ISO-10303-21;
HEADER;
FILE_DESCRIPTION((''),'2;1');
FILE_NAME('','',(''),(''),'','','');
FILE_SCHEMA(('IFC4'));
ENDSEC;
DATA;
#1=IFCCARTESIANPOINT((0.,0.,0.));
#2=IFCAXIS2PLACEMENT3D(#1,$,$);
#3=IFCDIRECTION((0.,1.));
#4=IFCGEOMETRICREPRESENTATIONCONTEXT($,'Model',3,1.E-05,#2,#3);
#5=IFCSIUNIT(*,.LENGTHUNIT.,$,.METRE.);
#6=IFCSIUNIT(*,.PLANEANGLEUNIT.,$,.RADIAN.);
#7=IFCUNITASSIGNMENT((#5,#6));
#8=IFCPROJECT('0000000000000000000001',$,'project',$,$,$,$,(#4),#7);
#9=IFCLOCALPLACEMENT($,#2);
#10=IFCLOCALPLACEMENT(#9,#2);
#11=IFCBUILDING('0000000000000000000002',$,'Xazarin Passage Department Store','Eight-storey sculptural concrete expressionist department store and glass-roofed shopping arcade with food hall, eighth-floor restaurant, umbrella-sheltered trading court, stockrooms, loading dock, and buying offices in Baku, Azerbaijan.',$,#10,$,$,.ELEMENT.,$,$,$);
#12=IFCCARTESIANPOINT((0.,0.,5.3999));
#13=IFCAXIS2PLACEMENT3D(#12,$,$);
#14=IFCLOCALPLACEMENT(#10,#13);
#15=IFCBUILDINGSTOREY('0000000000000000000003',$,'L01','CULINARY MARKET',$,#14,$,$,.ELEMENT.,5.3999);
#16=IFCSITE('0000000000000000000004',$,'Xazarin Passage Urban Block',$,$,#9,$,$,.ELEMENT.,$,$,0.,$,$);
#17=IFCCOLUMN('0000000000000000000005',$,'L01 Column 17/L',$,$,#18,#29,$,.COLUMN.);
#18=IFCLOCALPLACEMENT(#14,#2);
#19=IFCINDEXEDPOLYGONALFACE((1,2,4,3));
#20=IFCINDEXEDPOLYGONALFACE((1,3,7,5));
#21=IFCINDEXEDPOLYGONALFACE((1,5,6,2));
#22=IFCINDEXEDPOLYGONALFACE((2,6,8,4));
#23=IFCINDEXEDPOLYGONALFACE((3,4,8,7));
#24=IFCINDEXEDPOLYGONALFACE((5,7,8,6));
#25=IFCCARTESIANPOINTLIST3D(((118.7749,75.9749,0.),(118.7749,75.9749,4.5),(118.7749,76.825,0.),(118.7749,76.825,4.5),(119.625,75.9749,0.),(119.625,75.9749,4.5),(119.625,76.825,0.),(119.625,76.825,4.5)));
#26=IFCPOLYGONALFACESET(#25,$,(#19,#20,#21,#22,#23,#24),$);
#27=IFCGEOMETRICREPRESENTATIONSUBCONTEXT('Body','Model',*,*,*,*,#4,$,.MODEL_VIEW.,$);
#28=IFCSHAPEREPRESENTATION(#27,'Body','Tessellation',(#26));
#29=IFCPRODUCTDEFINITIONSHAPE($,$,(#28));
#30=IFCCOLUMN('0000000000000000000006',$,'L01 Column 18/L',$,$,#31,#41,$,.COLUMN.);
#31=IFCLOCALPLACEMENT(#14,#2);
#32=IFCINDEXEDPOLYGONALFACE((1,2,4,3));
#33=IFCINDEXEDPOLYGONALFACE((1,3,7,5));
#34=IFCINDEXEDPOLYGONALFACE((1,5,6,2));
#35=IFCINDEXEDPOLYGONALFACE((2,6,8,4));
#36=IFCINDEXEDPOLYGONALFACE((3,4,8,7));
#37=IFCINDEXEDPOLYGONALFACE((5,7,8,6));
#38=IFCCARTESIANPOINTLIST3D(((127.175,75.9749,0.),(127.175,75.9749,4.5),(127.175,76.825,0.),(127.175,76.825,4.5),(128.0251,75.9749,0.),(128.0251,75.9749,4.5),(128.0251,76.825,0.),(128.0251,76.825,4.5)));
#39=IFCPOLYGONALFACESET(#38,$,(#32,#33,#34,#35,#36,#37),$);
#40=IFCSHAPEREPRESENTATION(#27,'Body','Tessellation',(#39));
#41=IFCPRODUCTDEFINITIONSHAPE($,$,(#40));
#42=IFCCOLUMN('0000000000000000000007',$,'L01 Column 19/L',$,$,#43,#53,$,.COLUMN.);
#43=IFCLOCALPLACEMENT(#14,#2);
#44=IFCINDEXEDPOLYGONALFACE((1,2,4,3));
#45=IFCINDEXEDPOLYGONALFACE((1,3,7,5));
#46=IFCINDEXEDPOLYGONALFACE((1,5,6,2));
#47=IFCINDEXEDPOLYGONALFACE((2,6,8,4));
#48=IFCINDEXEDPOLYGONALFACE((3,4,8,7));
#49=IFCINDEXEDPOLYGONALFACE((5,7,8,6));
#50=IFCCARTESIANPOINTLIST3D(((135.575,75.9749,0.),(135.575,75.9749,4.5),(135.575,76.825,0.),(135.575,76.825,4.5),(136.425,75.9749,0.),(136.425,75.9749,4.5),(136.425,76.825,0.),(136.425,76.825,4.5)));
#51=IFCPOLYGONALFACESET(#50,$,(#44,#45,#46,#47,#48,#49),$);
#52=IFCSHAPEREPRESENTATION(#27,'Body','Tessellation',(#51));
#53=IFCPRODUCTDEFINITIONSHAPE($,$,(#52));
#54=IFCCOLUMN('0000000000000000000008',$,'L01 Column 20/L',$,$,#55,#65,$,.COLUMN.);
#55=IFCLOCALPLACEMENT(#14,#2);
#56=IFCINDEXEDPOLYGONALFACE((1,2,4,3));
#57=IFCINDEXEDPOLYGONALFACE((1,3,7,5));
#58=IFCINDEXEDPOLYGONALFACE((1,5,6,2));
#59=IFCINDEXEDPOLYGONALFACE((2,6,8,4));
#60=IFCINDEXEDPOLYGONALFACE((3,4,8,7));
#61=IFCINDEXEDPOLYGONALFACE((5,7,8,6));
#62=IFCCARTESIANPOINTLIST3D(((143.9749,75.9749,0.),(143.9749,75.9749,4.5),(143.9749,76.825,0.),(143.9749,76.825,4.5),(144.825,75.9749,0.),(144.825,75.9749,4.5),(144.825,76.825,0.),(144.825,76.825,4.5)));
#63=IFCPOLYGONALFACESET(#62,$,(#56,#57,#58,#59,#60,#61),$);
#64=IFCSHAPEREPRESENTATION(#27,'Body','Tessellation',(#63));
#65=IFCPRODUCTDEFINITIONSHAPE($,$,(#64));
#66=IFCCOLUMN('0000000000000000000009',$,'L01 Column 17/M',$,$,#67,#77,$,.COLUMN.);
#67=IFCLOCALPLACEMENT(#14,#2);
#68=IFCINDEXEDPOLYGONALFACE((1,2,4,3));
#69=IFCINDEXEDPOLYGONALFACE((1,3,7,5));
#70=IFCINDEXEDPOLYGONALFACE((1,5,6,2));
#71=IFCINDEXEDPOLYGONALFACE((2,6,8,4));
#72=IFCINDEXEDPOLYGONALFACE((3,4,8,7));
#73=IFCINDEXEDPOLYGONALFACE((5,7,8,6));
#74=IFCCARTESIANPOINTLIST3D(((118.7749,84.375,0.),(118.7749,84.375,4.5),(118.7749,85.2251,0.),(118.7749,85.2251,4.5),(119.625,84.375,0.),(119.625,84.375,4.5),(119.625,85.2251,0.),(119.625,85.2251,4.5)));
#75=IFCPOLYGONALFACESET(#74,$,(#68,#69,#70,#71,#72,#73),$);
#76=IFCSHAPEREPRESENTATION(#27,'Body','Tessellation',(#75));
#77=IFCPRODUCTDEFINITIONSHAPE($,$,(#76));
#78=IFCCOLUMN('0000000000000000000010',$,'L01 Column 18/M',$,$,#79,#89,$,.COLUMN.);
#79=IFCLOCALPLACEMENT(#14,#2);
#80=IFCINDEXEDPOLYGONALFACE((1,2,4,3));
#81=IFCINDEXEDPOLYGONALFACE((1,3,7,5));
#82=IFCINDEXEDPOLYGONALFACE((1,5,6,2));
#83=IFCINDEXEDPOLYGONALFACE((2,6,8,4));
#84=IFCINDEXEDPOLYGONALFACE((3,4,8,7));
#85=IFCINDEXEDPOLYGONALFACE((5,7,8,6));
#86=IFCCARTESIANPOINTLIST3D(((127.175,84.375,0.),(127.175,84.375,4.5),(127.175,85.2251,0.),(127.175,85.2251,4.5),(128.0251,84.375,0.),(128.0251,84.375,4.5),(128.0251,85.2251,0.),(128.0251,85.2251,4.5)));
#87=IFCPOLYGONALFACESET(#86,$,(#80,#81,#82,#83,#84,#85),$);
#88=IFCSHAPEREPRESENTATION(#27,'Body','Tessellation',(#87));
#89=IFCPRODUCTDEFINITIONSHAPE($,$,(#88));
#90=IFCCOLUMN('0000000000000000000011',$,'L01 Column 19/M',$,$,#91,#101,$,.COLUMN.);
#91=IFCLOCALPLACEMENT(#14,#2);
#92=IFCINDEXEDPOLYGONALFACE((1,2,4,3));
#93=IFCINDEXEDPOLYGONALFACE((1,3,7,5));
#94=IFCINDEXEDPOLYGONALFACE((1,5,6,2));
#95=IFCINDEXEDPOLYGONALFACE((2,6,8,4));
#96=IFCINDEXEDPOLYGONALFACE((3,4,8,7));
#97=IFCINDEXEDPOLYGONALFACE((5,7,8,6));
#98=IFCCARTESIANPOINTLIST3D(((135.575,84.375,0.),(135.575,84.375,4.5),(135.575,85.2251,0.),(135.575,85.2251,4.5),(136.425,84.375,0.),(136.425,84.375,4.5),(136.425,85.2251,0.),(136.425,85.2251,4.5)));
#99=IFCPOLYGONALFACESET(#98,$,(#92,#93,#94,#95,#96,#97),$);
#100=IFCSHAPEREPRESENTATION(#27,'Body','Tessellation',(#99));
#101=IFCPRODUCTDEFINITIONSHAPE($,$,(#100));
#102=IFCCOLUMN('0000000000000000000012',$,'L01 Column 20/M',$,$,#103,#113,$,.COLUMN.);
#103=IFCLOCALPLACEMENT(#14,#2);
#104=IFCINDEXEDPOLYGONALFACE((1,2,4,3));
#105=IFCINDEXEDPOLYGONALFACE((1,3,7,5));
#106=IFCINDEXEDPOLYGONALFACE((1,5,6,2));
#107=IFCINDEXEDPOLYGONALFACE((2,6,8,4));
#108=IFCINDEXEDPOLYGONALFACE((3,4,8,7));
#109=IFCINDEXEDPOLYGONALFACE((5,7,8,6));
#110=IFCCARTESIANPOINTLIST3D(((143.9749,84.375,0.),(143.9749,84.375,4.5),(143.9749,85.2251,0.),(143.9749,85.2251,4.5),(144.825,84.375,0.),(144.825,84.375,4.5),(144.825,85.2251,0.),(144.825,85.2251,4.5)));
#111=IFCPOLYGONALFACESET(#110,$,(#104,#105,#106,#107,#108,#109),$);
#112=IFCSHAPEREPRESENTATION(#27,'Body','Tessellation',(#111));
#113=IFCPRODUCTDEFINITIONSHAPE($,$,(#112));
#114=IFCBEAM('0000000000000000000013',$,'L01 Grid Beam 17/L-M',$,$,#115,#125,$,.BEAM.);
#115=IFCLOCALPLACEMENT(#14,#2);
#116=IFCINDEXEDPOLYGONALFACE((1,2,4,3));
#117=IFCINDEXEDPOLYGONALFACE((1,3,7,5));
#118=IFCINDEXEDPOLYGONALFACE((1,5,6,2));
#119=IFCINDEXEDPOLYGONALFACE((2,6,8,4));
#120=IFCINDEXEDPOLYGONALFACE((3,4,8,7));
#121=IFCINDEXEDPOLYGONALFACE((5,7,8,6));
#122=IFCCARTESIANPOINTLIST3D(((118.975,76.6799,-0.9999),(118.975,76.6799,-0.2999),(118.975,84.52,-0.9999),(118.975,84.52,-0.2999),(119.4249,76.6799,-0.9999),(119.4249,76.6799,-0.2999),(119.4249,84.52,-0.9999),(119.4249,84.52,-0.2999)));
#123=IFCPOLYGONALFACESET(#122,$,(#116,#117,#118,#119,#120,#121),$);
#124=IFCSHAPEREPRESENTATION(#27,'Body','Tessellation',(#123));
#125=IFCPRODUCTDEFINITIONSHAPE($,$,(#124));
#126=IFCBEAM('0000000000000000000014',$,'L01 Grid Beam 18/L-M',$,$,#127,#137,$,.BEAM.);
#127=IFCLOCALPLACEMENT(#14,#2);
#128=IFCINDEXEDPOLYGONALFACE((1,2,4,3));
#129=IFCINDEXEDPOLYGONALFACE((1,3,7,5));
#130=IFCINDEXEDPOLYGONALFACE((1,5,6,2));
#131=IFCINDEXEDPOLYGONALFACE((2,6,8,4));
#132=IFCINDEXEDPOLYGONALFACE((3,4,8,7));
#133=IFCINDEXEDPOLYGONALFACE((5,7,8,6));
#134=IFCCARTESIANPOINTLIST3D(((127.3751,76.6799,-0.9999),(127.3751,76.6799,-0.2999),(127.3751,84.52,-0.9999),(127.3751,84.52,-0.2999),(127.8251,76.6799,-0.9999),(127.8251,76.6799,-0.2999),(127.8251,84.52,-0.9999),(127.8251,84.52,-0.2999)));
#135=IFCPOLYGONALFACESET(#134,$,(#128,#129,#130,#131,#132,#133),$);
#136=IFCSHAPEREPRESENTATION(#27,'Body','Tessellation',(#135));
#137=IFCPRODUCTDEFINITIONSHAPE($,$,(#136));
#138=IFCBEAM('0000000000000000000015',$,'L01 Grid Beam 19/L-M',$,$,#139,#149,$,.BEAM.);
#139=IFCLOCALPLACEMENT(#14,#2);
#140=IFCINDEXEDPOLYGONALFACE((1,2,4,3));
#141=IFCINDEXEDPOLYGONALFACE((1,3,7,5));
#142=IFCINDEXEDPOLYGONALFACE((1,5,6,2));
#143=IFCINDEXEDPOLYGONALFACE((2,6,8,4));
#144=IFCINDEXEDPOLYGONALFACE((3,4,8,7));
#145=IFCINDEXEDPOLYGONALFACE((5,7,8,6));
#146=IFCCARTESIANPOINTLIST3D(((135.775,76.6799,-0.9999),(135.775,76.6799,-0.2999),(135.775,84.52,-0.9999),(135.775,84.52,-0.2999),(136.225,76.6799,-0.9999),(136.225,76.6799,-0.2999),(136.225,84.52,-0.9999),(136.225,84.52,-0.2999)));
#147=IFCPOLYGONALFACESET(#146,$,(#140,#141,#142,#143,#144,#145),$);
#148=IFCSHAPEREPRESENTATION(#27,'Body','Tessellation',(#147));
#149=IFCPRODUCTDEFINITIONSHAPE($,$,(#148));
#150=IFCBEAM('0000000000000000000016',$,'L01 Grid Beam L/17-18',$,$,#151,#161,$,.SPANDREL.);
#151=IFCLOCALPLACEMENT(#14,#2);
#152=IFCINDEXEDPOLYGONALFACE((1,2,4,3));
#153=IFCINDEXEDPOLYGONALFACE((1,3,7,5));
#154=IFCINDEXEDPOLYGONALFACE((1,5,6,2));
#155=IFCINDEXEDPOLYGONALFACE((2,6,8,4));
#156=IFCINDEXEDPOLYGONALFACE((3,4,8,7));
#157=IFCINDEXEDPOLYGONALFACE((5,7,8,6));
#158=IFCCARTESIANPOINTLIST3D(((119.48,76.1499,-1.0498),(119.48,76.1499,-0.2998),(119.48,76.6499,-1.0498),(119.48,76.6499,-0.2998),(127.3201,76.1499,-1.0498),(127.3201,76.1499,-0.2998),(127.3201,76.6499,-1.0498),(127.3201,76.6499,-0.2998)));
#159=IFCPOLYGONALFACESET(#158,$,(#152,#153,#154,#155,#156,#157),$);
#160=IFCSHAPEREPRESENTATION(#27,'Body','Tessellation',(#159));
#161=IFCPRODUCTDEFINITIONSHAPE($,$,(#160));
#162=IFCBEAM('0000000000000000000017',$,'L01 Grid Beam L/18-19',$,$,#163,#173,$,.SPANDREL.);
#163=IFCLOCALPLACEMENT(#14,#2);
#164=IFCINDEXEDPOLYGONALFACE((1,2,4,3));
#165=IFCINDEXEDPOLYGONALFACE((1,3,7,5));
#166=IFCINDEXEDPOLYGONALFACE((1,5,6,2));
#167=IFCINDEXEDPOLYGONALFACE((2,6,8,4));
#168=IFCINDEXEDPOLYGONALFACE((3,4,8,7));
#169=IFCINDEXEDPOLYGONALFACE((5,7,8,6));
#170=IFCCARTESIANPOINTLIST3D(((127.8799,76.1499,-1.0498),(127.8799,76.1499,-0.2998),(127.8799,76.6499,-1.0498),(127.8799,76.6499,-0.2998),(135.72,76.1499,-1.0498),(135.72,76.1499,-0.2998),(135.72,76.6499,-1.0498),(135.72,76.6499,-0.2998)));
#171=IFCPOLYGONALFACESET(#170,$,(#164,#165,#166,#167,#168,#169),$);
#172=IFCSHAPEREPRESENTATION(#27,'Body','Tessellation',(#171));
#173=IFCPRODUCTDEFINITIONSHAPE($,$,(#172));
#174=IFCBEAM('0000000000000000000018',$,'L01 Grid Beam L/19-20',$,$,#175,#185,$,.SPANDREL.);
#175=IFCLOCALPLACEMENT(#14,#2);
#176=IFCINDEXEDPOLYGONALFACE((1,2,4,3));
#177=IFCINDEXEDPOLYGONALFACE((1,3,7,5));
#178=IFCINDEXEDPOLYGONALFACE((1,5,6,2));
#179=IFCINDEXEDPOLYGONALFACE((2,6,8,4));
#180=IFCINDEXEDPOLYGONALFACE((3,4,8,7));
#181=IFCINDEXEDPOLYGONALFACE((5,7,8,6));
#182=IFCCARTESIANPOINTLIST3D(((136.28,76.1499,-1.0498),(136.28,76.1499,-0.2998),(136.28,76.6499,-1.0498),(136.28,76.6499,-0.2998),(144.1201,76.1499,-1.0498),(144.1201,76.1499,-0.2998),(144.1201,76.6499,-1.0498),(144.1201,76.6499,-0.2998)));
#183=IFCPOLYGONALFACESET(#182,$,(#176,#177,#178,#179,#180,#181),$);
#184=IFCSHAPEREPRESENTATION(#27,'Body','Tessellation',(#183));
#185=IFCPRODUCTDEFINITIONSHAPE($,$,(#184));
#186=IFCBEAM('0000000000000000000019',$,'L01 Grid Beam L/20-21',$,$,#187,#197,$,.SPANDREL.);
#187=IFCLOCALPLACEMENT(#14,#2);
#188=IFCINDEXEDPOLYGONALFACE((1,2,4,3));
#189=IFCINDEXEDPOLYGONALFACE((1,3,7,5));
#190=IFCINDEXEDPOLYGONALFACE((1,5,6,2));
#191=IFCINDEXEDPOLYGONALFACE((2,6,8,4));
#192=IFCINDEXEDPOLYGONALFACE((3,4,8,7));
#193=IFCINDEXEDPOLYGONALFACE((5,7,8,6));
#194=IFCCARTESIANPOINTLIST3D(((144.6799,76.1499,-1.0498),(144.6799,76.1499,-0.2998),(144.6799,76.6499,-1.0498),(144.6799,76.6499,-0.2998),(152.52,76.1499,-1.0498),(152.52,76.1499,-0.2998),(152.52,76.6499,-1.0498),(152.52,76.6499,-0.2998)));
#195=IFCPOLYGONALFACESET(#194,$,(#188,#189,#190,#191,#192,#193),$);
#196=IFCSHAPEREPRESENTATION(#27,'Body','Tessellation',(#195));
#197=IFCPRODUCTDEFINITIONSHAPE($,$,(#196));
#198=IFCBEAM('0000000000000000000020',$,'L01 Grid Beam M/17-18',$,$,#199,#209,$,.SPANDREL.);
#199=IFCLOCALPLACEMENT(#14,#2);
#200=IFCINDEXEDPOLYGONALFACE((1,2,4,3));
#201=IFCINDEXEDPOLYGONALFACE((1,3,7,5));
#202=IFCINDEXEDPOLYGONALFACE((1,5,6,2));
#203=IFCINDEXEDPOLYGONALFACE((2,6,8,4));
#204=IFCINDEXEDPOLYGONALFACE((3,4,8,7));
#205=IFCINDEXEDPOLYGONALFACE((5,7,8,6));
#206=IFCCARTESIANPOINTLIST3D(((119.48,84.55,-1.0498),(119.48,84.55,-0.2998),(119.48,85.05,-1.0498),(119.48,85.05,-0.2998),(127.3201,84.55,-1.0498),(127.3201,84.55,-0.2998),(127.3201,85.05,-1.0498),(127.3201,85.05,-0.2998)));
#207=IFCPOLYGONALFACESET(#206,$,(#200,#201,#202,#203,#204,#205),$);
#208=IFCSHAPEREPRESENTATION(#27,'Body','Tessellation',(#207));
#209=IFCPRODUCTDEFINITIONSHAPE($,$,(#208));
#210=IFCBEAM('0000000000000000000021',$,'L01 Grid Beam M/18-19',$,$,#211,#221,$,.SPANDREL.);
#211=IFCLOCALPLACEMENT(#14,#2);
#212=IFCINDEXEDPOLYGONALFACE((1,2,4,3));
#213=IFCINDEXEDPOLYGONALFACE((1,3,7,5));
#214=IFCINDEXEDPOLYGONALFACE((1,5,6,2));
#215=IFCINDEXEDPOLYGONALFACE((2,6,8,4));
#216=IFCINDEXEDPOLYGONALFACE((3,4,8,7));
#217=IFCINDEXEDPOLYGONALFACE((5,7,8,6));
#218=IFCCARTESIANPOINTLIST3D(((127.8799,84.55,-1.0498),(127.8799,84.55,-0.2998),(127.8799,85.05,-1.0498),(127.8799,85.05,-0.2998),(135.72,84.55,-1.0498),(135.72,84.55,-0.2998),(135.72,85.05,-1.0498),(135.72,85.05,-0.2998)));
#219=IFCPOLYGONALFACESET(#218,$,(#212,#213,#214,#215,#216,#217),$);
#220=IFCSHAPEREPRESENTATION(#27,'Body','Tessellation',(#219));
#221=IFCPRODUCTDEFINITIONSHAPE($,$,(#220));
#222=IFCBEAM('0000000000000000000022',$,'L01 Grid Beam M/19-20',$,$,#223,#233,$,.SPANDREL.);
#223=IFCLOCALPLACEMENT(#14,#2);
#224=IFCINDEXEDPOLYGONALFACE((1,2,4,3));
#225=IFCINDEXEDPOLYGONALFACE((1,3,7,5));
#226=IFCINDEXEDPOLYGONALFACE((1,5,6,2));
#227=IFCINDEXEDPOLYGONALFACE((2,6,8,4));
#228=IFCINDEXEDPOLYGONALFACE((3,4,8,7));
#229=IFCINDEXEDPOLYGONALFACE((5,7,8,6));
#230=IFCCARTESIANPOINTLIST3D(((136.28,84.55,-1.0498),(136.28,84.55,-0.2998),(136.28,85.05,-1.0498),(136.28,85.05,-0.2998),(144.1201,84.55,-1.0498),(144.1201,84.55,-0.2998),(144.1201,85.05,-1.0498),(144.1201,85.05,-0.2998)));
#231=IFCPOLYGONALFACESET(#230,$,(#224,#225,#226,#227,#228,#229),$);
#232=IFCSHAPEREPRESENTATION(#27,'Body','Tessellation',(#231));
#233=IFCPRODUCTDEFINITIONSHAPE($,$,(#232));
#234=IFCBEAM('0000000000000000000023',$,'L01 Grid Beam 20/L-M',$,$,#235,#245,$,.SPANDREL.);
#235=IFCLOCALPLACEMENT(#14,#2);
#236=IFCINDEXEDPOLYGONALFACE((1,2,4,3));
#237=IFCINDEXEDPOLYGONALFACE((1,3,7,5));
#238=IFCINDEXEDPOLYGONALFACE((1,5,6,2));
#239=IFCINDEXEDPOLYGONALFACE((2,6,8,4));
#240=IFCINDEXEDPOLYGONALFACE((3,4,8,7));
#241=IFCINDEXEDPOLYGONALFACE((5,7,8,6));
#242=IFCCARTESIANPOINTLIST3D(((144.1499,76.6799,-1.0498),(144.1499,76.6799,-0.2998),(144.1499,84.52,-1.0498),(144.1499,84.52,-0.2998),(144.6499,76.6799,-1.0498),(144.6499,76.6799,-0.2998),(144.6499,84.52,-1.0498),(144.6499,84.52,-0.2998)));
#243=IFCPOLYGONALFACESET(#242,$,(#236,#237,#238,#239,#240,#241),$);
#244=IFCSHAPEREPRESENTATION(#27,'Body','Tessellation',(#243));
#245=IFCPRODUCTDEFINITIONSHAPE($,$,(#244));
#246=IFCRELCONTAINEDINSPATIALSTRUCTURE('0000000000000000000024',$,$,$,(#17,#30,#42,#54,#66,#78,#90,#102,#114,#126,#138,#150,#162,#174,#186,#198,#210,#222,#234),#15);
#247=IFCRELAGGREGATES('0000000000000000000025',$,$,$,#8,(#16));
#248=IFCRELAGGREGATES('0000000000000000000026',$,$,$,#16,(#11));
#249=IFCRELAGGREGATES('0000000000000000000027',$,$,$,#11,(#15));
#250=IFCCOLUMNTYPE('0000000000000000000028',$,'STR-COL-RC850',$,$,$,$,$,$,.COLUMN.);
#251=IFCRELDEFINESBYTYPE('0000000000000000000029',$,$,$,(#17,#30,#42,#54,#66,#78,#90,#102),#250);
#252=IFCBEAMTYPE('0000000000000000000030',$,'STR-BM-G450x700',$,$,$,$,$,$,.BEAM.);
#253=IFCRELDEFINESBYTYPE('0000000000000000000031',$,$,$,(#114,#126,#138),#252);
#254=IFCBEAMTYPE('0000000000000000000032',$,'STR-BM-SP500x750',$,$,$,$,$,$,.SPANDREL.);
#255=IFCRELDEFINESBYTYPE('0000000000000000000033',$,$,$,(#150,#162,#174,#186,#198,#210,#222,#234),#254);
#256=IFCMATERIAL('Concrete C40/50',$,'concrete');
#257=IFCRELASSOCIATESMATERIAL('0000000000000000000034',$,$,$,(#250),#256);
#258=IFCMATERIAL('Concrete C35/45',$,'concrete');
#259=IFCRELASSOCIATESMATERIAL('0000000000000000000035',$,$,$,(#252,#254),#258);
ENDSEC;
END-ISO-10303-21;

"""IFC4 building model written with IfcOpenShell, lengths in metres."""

from ifc_helpers import new_model, si_unit, direction, frame, origin, origin_2d, place, context, subcontext, project, spatial, rectangle, extrude, material, material_profile, profile_set, type_object, element, save


model = new_model("IFC4")

# Units and contexts
model_context = context("Model", 3, precision=1e-05, world=origin(), true_north=direction((0.0, 1.0)))
body_context = subcontext(model_context, "Body", "Model", "MODEL_VIEW")
ifc_project = project(units=[si_unit("LENGTHUNIT", "METRE"), si_unit("PLANEANGLEUNIT", "RADIAN")], contexts=[model_context])

# Site, building, storey
site_placement = place(None, origin())
site = spatial("IfcSite", under=ifc_project, at=site_placement, Name="Xazarin Passage Urban Block", CompositionType="ELEMENT", RefElevation=0.0)
building_placement = place(site_placement, origin())
building = spatial("IfcBuilding", under=site, at=building_placement, Name="Xazarin Passage Department Store", Description="Eight-storey sculptural concrete expressionist department store and glass-roofed shopping arcade with food hall, eighth-floor restaurant, umbrella-sheltered trading court, stockrooms, loading dock, and buying offices in Baku, Azerbaijan.", CompositionType="ELEMENT")
storey_placement = place(building_placement, frame((0.0, 0.0, 5.3999)))
storey = spatial("IfcBuildingStorey", under=building, at=storey_placement, Name="L01", Description="CULINARY MARKET", CompositionType="ELEMENT", Elevation=5.3999)

# Columns
ifc_material_1 = material(Name="Concrete C40/50", Category="concrete")
ifc_material_profile_1 = material_profile(ifc_material_1, rectangle(XDim=0.8501, YDim=0.8501, at=origin_2d()), Name="RC 850x850")
ifc_profile_set_1 = profile_set([ifc_material_profile_1], Name="Concrete C40/50")
column_type = type_object("IfcColumnType", Name="STR-COL-RC850", PredefinedType="COLUMN", material=ifc_profile_set_1)
for number, where, z_axis, x_axis, name in (
    (1, (119.2, 76.3999, 0.0), (0.0, 0.0, 1.0), (1.0, 0.0, 0.0), "L01 Column 17/L"),
    (2, (127.6001, 76.3999, 0.0), (0.0, 0.0, 1.0), (1.0, 0.0, 0.0), "L01 Column 18/L"),
    (3, (136.0, 76.3999, 0.0), (0.0, 0.0, 1.0), (1.0, 0.0, 0.0), "L01 Column 19/L"),
    (4, (144.3999, 76.3999, 0.0), (0.0, 0.0, 1.0), (1.0, 0.0, 0.0), "L01 Column 20/L"),
    (5, (119.2, 84.8, 0.0), (0.0, 0.0, 1.0), (1.0, 0.0, 0.0), "L01 Column 17/M"),
    (6, (127.6001, 84.8, 0.0), (0.0, 0.0, 1.0), (1.0, 0.0, 0.0), "L01 Column 18/M"),
    (7, (136.0, 84.8, 0.0), (0.0, 0.0, 1.0), (1.0, 0.0, 0.0), "L01 Column 19/M"),
    (8, (144.3999, 84.8, 0.0), (0.0, 0.0, 1.0), (1.0, 0.0, 0.0), "L01 Column 20/M"),
):
    element("IfcColumn", number, at=place(storey_placement, frame(where, z_axis=z_axis, x_axis=x_axis)), inside=storey, type_object=column_type, Name=name, PredefinedType="COLUMN", context=body_context, shape_type="SweptSolid", body=[
        extrude(rectangle(XDim=0.8501, YDim=0.8501, at=origin_2d()), origin(), (0.0, 0.0, 1.0), 4.5),
    ])

# Beams
ifc_material_2 = material(Name="Concrete C35/45", Category="concrete")
ifc_material_profile_2 = material_profile(ifc_material_2, rectangle(XDim=0.45, YDim=0.7, at=origin_2d()), Name="RC 450x700")
ifc_profile_set_2 = profile_set([ifc_material_profile_2], Name="Concrete C35/45")
beam_type_1 = type_object("IfcBeamType", Name="STR-BM-G450x700", PredefinedType="BEAM", material=ifc_profile_set_2)
for number, where, z_axis, x_axis, name in (
    (9, (119.2, 76.6799, -0.6499), (0.0, 1.0, 0.0), (-1.0, 0.0, 0.0), "L01 Grid Beam 17/L-M"),
    (10, (127.6001, 76.6799, -0.6499), (0.0, 1.0, 0.0), (-1.0, 0.0, 0.0), "L01 Grid Beam 18/L-M"),
    (11, (136.0, 76.6799, -0.6499), (0.0, 1.0, 0.0), (-1.0, 0.0, 0.0), "L01 Grid Beam 19/L-M"),
):
    element("IfcBeam", number, at=place(storey_placement, frame(where, z_axis=z_axis, x_axis=x_axis)), inside=storey, type_object=beam_type_1, Name=name, PredefinedType="BEAM", context=body_context, shape_type="SweptSolid", body=[
        extrude(rectangle(XDim=0.45, YDim=0.7, at=origin_2d()), origin(), (0.0, 0.0, 1.0), 7.8401),
    ])
ifc_material_profile_3 = material_profile(ifc_material_2, rectangle(XDim=0.5, YDim=0.75, at=origin_2d()), Name="RC 500x750")
ifc_profile_set_3 = profile_set([ifc_material_profile_3], Name="Concrete C35/45")
beam_type_2 = type_object("IfcBeamType", Name="STR-BM-SP500x750", PredefinedType="SPANDREL", material=ifc_profile_set_3)
for number, where, z_axis, x_axis, name in (
    (12, (119.48, 76.3999, -0.6748), (1.0, 0.0, 0.0), (0.0, 1.0, 0.0), "L01 Grid Beam L/17-18"),
    (13, (127.8799, 76.3999, -0.6748), (1.0, 0.0, 0.0), (0.0, 1.0, 0.0), "L01 Grid Beam L/18-19"),
    (14, (136.28, 76.3999, -0.6748), (1.0, 0.0, 0.0), (0.0, 1.0, 0.0), "L01 Grid Beam L/19-20"),
    (15, (144.6799, 76.3999, -0.6748), (1.0, 0.0, 0.0), (0.0, 1.0, 0.0), "L01 Grid Beam L/20-21"),
    (16, (119.48, 84.8, -0.6748), (1.0, 0.0, 0.0), (0.0, 1.0, 0.0), "L01 Grid Beam M/17-18"),
    (17, (127.8799, 84.8, -0.6748), (1.0, 0.0, 0.0), (0.0, 1.0, 0.0), "L01 Grid Beam M/18-19"),
    (18, (136.28, 84.8, -0.6748), (1.0, 0.0, 0.0), (0.0, 1.0, 0.0), "L01 Grid Beam M/19-20"),
    (19, (144.3999, 76.6799, -0.6748), (0.0, 1.0, 0.0), (-1.0, 0.0, 0.0), "L01 Grid Beam 20/L-M"),
):
    element("IfcBeam", number, at=place(storey_placement, frame(where, z_axis=z_axis, x_axis=x_axis)), inside=storey, type_object=beam_type_2, Name=name, PredefinedType="SPANDREL", context=body_context, shape_type="SweptSolid", body=[
        extrude(rectangle(XDim=0.5, YDim=0.75, at=origin_2d()), origin(), (0.0, 0.0, 1.0), 7.8401),
    ])

save(model, "model.ifc")
